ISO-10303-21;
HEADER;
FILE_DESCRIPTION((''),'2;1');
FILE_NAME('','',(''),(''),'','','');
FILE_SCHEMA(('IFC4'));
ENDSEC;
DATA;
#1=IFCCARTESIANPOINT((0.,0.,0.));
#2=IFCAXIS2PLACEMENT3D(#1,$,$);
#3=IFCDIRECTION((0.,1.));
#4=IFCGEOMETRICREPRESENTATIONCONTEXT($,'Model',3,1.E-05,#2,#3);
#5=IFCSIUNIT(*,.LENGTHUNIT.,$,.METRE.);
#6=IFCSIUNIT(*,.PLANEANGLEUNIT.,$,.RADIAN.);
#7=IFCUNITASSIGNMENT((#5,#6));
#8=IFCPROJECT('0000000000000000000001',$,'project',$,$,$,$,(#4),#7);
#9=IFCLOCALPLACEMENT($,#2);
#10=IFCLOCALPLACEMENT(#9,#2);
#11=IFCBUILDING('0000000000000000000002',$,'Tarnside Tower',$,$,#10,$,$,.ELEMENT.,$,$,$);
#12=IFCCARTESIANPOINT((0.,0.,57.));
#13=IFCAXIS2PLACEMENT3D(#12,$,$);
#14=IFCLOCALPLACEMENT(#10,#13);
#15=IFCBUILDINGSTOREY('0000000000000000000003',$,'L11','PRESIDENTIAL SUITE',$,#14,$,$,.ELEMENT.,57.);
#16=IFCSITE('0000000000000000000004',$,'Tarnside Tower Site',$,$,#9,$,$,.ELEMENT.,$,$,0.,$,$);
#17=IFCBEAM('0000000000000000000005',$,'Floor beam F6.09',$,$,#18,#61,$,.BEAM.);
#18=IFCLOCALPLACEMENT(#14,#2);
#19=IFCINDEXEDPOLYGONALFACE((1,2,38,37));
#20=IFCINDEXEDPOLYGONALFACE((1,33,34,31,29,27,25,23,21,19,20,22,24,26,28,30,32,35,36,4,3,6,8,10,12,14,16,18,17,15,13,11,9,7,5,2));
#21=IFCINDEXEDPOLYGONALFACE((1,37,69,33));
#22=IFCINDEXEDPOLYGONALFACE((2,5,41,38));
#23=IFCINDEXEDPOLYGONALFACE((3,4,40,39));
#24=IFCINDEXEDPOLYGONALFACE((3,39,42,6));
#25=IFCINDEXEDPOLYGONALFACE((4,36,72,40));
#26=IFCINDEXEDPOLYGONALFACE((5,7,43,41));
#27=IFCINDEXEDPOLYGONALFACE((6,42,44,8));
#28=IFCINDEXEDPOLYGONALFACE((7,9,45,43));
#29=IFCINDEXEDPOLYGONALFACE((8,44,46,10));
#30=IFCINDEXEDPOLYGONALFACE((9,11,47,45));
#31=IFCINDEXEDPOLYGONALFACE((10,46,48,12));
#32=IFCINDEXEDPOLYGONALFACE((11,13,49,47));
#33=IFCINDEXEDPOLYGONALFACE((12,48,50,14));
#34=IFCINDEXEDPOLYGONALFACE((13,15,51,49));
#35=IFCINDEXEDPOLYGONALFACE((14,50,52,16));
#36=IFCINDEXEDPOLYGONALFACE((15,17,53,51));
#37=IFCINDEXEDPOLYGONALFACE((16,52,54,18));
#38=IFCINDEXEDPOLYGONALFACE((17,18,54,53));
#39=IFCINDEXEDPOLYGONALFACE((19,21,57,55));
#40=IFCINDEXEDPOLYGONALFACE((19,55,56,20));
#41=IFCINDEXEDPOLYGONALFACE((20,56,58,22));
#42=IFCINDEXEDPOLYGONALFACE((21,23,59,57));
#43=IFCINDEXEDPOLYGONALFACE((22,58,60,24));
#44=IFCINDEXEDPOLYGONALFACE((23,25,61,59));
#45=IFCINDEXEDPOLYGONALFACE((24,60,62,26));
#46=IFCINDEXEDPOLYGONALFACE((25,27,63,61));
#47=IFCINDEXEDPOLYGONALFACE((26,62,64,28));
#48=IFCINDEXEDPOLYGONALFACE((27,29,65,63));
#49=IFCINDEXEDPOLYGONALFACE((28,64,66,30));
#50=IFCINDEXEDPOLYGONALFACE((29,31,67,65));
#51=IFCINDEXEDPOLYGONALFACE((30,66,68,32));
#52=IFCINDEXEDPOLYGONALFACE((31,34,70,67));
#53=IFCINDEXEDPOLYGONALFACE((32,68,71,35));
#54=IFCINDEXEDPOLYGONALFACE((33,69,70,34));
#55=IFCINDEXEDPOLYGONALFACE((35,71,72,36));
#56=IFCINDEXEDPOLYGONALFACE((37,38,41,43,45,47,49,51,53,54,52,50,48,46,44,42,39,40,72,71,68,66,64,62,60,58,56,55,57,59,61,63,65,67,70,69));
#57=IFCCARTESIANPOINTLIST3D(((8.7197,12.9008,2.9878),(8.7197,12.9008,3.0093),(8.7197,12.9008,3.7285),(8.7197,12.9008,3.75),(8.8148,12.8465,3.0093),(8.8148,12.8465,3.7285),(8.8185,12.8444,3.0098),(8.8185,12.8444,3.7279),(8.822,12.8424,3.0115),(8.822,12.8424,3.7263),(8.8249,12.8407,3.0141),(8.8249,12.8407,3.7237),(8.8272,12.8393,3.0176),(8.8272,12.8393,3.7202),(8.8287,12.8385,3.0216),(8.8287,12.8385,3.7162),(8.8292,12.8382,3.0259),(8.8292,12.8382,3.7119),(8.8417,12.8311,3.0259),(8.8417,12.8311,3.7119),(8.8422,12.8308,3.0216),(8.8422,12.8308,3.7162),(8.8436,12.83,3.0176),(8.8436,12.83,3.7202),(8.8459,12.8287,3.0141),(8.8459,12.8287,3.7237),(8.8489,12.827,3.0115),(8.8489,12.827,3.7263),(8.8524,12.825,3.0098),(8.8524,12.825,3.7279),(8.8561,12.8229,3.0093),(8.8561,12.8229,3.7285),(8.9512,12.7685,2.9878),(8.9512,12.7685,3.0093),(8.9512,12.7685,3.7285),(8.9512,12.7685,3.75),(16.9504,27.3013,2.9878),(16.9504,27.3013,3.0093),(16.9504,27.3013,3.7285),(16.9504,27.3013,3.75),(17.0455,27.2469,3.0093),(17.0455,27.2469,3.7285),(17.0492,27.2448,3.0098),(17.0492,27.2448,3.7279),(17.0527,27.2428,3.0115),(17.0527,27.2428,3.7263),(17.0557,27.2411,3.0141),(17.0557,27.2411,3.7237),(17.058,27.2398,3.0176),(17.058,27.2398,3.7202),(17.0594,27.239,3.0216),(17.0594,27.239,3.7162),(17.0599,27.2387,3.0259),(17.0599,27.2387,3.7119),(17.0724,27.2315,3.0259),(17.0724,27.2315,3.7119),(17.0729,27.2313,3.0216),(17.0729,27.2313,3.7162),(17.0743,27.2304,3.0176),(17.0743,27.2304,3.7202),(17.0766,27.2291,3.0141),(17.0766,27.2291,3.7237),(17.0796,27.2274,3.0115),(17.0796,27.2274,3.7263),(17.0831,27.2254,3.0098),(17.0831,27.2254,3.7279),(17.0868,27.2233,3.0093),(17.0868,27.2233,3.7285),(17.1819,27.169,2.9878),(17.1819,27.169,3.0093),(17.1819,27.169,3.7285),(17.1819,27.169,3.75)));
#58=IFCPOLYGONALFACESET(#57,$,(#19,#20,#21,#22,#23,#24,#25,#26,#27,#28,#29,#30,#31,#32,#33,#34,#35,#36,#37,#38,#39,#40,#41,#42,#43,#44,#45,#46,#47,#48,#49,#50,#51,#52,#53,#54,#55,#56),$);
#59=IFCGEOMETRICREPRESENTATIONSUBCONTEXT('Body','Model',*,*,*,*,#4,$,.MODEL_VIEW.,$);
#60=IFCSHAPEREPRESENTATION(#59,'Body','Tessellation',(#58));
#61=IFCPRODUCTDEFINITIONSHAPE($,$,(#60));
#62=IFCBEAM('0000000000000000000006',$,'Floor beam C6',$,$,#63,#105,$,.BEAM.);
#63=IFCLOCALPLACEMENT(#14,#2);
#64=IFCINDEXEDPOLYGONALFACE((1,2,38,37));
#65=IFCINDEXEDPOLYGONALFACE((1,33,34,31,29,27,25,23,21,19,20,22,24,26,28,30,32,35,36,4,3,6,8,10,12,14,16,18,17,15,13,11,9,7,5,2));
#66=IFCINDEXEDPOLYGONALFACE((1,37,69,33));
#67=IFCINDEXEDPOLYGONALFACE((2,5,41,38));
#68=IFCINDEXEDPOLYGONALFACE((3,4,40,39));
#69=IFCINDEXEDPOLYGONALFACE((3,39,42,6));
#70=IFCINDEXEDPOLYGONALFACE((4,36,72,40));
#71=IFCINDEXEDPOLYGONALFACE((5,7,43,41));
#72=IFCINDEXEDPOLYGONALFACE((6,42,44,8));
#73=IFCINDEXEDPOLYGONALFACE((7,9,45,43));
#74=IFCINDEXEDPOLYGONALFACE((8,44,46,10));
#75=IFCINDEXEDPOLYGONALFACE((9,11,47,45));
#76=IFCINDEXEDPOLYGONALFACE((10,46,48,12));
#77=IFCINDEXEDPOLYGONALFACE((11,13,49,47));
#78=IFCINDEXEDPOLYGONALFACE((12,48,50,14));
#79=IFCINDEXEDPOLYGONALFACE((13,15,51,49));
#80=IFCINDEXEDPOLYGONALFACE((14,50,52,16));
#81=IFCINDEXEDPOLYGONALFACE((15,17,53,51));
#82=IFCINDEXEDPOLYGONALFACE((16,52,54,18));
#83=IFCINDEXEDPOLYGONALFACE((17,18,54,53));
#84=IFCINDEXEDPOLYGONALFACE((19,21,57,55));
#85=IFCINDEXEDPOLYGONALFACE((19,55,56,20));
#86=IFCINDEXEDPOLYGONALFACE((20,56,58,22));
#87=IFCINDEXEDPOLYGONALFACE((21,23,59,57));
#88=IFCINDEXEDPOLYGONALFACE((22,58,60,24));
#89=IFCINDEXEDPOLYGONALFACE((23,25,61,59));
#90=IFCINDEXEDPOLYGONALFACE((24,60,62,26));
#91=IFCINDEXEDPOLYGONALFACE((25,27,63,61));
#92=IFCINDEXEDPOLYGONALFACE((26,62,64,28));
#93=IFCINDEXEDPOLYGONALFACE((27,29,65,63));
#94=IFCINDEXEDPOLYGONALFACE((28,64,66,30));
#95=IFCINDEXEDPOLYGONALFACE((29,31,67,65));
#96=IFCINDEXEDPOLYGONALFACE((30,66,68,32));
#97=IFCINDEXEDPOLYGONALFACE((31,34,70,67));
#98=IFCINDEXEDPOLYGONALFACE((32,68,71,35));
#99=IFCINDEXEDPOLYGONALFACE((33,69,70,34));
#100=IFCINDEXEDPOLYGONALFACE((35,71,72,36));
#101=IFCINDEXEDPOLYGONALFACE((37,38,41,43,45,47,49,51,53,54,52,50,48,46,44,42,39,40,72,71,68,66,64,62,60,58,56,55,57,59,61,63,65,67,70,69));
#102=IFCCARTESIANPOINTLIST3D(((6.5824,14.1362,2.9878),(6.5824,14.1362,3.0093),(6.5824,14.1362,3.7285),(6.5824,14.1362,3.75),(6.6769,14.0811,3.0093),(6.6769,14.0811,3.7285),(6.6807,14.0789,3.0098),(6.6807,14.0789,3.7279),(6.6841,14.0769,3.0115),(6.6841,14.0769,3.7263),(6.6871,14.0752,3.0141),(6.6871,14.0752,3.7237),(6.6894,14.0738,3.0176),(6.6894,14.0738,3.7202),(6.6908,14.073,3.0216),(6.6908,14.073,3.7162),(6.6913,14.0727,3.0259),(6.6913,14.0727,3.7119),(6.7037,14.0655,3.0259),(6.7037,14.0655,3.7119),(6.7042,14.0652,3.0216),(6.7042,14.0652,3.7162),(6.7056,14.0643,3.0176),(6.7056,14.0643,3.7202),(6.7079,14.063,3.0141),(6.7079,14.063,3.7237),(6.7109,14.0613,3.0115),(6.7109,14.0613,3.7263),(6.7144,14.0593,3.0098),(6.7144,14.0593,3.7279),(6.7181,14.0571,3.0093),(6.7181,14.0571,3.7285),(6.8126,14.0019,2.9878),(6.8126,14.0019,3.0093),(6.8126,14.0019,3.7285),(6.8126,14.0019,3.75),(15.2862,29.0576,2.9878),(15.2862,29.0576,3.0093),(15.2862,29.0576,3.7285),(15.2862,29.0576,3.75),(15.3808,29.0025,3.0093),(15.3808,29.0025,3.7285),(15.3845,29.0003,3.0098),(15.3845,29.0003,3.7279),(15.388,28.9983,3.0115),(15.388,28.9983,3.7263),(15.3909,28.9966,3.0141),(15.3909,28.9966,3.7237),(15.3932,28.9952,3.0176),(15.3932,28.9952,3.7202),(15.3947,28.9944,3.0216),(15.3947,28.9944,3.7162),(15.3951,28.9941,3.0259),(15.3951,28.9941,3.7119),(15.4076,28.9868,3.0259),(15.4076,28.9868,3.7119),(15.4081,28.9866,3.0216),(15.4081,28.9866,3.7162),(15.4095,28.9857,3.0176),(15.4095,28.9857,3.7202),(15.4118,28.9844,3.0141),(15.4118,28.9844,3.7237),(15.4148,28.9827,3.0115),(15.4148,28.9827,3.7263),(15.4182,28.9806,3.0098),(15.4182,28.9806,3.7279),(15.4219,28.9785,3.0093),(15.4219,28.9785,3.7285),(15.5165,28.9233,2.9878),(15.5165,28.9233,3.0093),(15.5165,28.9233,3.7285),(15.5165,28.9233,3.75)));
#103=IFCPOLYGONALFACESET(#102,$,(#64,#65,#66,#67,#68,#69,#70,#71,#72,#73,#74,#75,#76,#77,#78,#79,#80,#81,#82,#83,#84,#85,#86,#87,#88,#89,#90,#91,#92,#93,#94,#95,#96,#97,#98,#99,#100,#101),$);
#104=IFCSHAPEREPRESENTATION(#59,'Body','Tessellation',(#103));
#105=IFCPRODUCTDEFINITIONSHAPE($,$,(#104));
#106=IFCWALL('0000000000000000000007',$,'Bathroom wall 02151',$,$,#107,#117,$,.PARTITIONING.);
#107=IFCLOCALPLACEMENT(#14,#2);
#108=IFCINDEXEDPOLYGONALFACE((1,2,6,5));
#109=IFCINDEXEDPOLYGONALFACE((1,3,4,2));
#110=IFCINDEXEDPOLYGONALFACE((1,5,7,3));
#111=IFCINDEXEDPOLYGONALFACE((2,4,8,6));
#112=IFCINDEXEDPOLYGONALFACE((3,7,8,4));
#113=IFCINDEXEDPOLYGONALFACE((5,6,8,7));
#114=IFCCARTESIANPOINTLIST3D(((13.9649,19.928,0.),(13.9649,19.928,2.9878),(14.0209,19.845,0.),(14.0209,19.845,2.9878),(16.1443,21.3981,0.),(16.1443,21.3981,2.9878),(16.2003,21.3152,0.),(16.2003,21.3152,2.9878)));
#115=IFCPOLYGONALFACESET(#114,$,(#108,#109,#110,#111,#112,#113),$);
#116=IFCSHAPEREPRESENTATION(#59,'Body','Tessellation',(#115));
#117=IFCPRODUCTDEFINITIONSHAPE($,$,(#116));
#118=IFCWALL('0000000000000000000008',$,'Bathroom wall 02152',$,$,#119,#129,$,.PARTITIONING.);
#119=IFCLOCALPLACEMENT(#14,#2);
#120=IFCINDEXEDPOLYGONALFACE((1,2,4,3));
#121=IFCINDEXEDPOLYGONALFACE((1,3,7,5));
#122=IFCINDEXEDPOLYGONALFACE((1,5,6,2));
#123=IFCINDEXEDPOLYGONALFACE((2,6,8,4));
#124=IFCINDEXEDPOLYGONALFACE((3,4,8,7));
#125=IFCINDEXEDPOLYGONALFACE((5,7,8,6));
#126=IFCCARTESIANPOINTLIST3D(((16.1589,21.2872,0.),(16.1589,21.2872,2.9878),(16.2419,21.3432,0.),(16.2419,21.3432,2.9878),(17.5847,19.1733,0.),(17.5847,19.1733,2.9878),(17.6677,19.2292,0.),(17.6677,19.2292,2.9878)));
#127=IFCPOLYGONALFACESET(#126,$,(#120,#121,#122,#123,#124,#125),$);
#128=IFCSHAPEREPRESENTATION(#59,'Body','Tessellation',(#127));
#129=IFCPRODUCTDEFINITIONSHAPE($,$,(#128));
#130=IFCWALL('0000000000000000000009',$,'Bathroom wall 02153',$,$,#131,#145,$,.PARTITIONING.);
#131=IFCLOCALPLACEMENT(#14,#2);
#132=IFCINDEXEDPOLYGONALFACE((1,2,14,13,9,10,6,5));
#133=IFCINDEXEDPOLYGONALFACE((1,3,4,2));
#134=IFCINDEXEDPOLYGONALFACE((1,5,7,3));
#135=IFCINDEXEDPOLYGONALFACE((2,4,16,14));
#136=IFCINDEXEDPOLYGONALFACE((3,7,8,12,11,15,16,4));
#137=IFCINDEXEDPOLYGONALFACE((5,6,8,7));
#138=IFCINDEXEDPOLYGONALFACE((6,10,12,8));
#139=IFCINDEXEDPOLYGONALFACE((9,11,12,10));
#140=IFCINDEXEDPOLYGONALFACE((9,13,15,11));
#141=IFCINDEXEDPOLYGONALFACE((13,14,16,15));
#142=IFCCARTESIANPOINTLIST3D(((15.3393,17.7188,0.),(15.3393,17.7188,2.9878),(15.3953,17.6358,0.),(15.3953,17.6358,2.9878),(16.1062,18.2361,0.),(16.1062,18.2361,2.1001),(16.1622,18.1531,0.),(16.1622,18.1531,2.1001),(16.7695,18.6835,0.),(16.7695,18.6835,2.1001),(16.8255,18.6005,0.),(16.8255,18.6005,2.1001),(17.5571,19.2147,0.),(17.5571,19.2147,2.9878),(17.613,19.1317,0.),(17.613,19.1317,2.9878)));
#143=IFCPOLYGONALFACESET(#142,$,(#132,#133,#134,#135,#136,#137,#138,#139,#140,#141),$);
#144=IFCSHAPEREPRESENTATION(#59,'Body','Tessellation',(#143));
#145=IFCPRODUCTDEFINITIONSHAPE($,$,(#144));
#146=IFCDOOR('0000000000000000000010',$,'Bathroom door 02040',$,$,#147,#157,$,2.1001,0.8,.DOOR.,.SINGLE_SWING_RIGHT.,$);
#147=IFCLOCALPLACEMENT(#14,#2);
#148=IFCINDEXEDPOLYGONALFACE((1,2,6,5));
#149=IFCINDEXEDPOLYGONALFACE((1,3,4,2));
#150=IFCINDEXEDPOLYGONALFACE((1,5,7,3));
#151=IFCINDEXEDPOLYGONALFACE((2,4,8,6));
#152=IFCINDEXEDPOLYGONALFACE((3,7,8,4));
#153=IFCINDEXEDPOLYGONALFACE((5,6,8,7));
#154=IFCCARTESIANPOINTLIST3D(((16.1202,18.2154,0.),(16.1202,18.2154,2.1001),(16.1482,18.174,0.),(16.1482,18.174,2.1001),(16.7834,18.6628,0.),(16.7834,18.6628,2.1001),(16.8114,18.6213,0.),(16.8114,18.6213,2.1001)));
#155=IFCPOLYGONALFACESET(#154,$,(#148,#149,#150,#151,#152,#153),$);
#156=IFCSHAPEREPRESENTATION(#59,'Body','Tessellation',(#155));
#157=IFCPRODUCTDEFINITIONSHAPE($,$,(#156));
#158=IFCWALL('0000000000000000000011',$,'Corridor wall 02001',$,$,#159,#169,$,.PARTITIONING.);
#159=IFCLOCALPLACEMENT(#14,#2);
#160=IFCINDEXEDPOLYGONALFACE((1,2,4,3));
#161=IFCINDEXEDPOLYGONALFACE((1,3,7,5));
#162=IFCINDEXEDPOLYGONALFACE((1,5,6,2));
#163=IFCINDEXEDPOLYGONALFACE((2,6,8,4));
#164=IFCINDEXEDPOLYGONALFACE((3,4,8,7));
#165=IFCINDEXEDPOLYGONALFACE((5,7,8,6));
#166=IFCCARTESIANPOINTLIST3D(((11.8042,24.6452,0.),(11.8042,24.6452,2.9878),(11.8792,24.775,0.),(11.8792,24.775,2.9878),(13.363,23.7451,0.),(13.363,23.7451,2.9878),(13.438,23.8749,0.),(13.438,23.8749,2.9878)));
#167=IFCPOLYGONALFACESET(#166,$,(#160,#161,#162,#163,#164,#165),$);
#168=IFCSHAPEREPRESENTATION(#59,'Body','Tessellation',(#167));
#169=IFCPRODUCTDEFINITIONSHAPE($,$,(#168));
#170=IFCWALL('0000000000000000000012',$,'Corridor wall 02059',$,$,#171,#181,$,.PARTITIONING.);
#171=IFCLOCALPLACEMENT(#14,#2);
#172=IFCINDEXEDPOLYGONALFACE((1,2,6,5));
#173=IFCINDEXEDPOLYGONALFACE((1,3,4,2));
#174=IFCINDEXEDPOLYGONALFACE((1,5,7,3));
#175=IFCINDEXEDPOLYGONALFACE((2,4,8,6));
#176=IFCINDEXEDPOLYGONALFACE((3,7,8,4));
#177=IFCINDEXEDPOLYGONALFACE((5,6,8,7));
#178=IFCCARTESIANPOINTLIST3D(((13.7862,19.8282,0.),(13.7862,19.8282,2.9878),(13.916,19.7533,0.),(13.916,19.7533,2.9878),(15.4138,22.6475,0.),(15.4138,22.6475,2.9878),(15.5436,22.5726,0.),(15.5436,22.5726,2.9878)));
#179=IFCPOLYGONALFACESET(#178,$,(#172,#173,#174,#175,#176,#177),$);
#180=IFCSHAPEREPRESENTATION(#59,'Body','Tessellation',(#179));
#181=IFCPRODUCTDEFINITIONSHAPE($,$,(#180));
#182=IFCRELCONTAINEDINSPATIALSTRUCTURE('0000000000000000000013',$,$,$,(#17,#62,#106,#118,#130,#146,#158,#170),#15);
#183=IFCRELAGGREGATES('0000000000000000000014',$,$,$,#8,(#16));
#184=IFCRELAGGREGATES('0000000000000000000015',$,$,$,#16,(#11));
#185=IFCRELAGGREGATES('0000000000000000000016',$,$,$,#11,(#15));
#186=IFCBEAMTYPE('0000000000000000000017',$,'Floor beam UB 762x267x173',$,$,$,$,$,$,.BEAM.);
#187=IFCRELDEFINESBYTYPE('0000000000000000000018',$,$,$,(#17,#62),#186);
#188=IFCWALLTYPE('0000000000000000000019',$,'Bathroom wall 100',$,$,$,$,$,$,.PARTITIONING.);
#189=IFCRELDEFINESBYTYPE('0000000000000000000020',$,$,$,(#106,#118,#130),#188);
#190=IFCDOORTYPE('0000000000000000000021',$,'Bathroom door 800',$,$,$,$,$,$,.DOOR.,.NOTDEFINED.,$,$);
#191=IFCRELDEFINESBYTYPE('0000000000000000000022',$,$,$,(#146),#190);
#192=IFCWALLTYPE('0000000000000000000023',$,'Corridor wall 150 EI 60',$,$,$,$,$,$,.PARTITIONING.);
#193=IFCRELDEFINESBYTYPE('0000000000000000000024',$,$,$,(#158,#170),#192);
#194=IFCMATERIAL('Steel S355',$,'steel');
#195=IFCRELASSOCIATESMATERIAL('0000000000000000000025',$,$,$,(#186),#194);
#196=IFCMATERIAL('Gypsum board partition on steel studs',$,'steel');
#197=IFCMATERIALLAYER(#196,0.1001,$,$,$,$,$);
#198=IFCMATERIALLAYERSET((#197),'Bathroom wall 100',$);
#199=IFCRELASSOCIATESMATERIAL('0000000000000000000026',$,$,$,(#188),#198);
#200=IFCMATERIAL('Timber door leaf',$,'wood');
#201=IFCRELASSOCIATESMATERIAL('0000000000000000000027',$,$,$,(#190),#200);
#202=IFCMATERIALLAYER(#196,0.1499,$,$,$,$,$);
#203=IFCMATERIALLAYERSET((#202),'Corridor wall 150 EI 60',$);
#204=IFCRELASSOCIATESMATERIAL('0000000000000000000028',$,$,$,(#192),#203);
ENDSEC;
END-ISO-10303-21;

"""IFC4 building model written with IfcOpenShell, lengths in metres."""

from ifc_helpers import new_model, si_unit, direction, frame, frame_2d, origin, origin_2d, place, context, subcontext, project, spatial, rectangle, i_section, extrude, material, layer, layer_set, material_profile, profile_set, type_object, element, fill, save


model = new_model("IFC4")

# Units and contexts
model_context = context("Model", 3, precision=1e-05, world=origin(), true_north=direction((0.0, 1.0)))
body_context = subcontext(model_context, "Body", "Model", "MODEL_VIEW")
ifc_project = project(units=[si_unit("LENGTHUNIT", "METRE"), si_unit("PLANEANGLEUNIT", "RADIAN")], contexts=[model_context])

# Site, building, storey
site_placement = place(None, origin())
site = spatial("IfcSite", under=ifc_project, at=site_placement, Name="Tarnside Tower Site", CompositionType="ELEMENT", RefElevation=0.0)
building_placement = place(site_placement, origin())
building = spatial("IfcBuilding", under=site, at=building_placement, Name="Tarnside Tower", CompositionType="ELEMENT")
storey_placement = place(building_placement, frame((0.0, 0.0, 57.0)))
storey = spatial("IfcBuildingStorey", under=building, at=storey_placement, Name="L11", Description="PRESIDENTIAL SUITE", CompositionType="ELEMENT", Elevation=57.0)

# Beams
ifc_material_1 = material(Name="Steel S355", Category="steel")
ifc_material_profile_1 = material_profile(ifc_material_1, i_section(OverallWidth=0.2666, OverallDepth=0.7622, WebThickness=0.0144, FlangeThickness=0.0215, FilletRadius=0.0166, at=origin_2d()), Name="UB 762x267x173")
ifc_profile_set_1 = profile_set([ifc_material_profile_1], Name="Steel S355")
beam_type_1 = type_object("IfcBeamType", Name="Floor beam UB 762x267x173", PredefinedType="BEAM", material=ifc_profile_set_1)
beam_1_placement = place(storey_placement, frame((17.0662, 27.2351, 3.3689), z_axis=(-0.496226, -0.868193, 0.0), x_axis=(0.868193, -0.496226, 0.0)))
element("IfcBeam", 1, at=beam_1_placement, inside=storey, type_object=beam_type_1, Name="Floor beam F6.09", PredefinedType="BEAM", context=body_context, shape_type="SweptSolid", body=[
    extrude(i_section(OverallWidth=0.2666, OverallDepth=0.7622, WebThickness=0.0144, FlangeThickness=0.0215, FilletRadius=0.0166, at=origin_2d()), origin(), (0.0, 0.0, 1.0), 16.5867),
])
beam_2_placement = place(storey_placement, frame((15.4014, 28.9905, 3.3689), z_axis=(-0.503859, -0.863786, 0.0), x_axis=(0.863786, -0.503859, 0.0)))
element("IfcBeam", 2, at=beam_2_placement, inside=storey, type_object=beam_type_1, Name="Floor beam C6", PredefinedType="BEAM", context=body_context, shape_type="SweptSolid", body=[
    extrude(i_section(OverallWidth=0.2666, OverallDepth=0.7622, WebThickness=0.0144, FlangeThickness=0.0215, FilletRadius=0.0166, at=origin_2d()), origin(), (0.0, 0.0, 1.0), 17.2744),
])

# Walls
ifc_material_2 = material(Name="Gypsum board partition on steel studs", Category="steel")
ifc_layer_1 = layer(ifc_material_2, 0.1001)
ifc_layer_set_1 = layer_set([ifc_layer_1], Name="Bathroom wall 100")
wall_type_1 = type_object("IfcWallType", Name="Bathroom wall 100", PredefinedType="PARTITIONING", material=ifc_layer_set_1)
wall_1_placement = place(storey_placement, frame((13.9929, 19.8865, 0.0), z_axis=(0.0, 0.0, 1.0), x_axis=(0.829009, 0.559235, 0.0)))
element("IfcWall", 3, at=wall_1_placement, inside=storey, type_object=wall_type_1, Name="Bathroom wall 02151", PredefinedType="PARTITIONING", context=body_context, shape_type="SweptSolid", body=[
    extrude(rectangle(XDim=2.6289, YDim=0.1001, at=frame_2d((1.3145, 0.0))), origin(), (0.0, 0.0, 1.0), 2.9878),
])
wall_2_placement = place(storey_placement, frame((16.2004, 21.3152, 0.0), z_axis=(0.0, 0.0, 1.0), x_axis=(0.559155, -0.829063, 0.0)))
element("IfcWall", 4, at=wall_2_placement, inside=storey, type_object=wall_type_1, Name="Bathroom wall 02152", PredefinedType="PARTITIONING", context=body_context, shape_type="SweptSolid", body=[
    extrude(rectangle(XDim=2.5498, YDim=0.1001, at=frame_2d((1.2749, 0.0))), origin(), (0.0, 0.0, 1.0), 2.9878),
])

# Wall, opening, door
wall_3_placement = place(storey_placement, frame((17.585, 19.1731, 0.0), z_axis=(0.0, 0.0, 1.0), x_axis=(-0.829048, -0.559178, 0.0)))
wall_3 = element("IfcWall", 5, at=wall_3_placement, inside=storey, type_object=wall_type_1, Name="Bathroom wall 02153", PredefinedType="PARTITIONING", context=body_context, shape_type="SweptSolid", body=[
    extrude(rectangle(XDim=2.675, YDim=0.1001, at=frame_2d((1.3374, 0.0))), origin(), (0.0, 0.0, 1.0), 2.9878),
])
opening_1_placement = place(wall_3_placement, frame((0.95, 0.0, 0.0)))
opening_1 = element("IfcOpeningElement", 6, at=opening_1_placement, cuts=wall_3, PredefinedType="OPENING", context=body_context, shape_type="SweptSolid", body=[
    extrude(rectangle(XDim=0.8, YDim=2.1001, at=frame_2d((0.3999, 1.05))), frame((0.0, 0.0601, 0.0), z_axis=(0.0, -1.0, 0.0), x_axis=(1.0, 0.0, 0.0)), (0.0, 0.0, 1.0), 0.1201),
])
ifc_material_3 = material(Name="Timber door leaf", Category="wood")
door_type_1 = type_object("IfcDoorType", Name="Bathroom door 800", OperationType="NOTDEFINED", PredefinedType="DOOR", material=ifc_material_3)
door_1_placement = place(opening_1_placement, origin())
door_1 = element("IfcDoor", 7, at=door_1_placement, inside=storey, type_object=door_type_1, Name="Bathroom door 02040", OperationType="SINGLE_SWING_RIGHT", OverallHeight=2.1001, OverallWidth=0.8, PredefinedType="DOOR", context=body_context, shape_type="SweptSolid", body=[
    extrude(rectangle(XDim=0.8, YDim=2.1001, at=frame_2d((0.3999, 1.05))), frame((0.0, 0.0249, 0.0), z_axis=(0.0, -1.0, 0.0), x_axis=(1.0, 0.0, 0.0)), (0.0, 0.0, 1.0), 0.05),
])
fill(opening_1, door_1)

# Walls
ifc_layer_2 = layer(ifc_material_2, 0.1499)
ifc_layer_set_2 = layer_set([ifc_layer_2], Name="Corridor wall 150 EI 60")
wall_type_2 = type_object("IfcWallType", Name="Corridor wall 150 EI 60", PredefinedType="PARTITIONING", material=ifc_layer_set_2)
wall_4_placement = place(storey_placement, frame((13.4004, 23.8101, 0.0), z_axis=(0.0, 0.0, 1.0), x_axis=(-0.865989, 0.500063, 0.0)))
element("IfcWall", 8, at=wall_4_placement, inside=storey, type_object=wall_type_2, Name="Corridor wall 02001", PredefinedType="PARTITIONING", context=body_context, shape_type="SweptSolid", body=[
    extrude(rectangle(XDim=1.8, YDim=0.1499, at=frame_2d((0.8999, 0.0))), origin(), (0.0, 0.0, 1.0), 2.9878),
])
wall_5_placement = place(storey_placement, frame((13.8511, 19.7908, 0.0), z_axis=(0.0, 0.0, 1.0), x_axis=(0.499986, 0.866033, 0.0)))
element("IfcWall", 9, at=wall_5_placement, inside=storey, type_object=wall_type_2, Name="Corridor wall 02059", PredefinedType="PARTITIONING", context=body_context, shape_type="SweptSolid", body=[
    extrude(rectangle(XDim=3.2554, YDim=0.1499, at=frame_2d((1.6277, 0.0))), origin(), (0.0, 0.0, 1.0), 2.9878),
])

save(model, "model.ifc")
